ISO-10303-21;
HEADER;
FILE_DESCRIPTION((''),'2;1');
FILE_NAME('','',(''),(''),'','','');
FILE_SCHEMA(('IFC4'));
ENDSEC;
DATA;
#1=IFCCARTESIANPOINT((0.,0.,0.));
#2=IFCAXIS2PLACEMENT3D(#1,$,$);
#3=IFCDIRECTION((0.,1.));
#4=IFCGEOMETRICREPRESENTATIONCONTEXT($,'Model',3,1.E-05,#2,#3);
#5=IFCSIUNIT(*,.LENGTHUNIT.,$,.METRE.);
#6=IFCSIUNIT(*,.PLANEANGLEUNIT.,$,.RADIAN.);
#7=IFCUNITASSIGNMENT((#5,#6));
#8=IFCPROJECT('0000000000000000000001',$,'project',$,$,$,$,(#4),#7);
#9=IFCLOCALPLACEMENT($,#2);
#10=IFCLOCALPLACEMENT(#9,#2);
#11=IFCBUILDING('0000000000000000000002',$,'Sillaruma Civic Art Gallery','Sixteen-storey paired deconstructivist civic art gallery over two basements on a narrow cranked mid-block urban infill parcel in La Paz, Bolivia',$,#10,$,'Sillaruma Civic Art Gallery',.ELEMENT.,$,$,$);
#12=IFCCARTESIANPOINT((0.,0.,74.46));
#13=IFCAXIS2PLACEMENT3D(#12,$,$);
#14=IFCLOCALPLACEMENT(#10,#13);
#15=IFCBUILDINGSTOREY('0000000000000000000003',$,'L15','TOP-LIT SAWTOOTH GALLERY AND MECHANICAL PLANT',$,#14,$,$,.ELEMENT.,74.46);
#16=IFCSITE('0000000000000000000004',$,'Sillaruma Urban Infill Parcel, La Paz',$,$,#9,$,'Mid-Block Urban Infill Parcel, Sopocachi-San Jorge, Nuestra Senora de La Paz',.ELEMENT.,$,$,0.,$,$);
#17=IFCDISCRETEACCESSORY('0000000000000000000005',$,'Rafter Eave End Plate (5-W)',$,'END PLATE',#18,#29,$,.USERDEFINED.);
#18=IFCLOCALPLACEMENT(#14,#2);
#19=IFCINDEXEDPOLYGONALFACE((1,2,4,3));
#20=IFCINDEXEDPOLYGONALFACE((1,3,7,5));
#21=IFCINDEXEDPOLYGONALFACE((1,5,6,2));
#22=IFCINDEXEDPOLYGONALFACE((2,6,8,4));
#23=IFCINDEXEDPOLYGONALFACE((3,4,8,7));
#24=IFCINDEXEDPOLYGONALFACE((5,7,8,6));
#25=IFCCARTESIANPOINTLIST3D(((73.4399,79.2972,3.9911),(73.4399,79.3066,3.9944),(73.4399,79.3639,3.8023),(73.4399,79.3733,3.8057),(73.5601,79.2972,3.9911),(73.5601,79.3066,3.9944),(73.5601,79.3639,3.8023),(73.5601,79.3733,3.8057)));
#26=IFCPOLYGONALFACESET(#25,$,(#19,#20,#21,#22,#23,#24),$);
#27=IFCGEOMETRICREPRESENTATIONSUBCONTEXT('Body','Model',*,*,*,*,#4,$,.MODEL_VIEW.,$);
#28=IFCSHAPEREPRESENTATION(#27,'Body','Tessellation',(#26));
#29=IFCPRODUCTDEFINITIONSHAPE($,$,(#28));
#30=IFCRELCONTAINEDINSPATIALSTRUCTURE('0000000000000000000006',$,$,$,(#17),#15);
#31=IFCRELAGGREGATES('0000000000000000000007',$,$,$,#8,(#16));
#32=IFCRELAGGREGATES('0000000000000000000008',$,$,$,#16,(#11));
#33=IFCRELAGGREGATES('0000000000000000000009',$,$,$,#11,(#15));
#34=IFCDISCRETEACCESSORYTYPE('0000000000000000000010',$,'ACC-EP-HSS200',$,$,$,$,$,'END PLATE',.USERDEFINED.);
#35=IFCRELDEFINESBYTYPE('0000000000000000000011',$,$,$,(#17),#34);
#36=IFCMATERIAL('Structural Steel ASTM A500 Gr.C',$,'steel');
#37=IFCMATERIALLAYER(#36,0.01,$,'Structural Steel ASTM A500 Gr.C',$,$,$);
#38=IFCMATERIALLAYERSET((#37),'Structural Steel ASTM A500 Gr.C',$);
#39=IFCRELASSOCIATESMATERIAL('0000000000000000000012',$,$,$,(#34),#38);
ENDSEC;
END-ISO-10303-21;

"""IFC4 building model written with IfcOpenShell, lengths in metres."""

from ifc_helpers import new_model, si_unit, direction, frame, origin, place, context, subcontext, project, spatial, polyline, outline, extrude, material, layer, layer_set, type_object, element, save


model = new_model("IFC4")

# Units and contexts
model_context = context("Model", 3, precision=1e-05, world=origin(), true_north=direction((0.0, 1.0)))
body_context = subcontext(model_context, "Body", "Model", "MODEL_VIEW")
ifc_project = project(units=[si_unit("LENGTHUNIT", "METRE"), si_unit("PLANEANGLEUNIT", "RADIAN")], contexts=[model_context])

# Site, building, storey
site_placement = place(None, origin())
site = spatial("IfcSite", under=ifc_project, at=site_placement, Name="Sillaruma Urban Infill Parcel, La Paz", LongName="Mid-Block Urban Infill Parcel, Sopocachi-San Jorge, Nuestra Senora de La Paz", CompositionType="ELEMENT", RefElevation=0.0)
building_placement = place(site_placement, origin())
building = spatial("IfcBuilding", under=site, at=building_placement, Name="Sillaruma Civic Art Gallery", Description="Sixteen-storey paired deconstructivist civic art gallery over two basements on a narrow cranked mid-block urban infill parcel in La Paz, Bolivia", LongName="Sillaruma Civic Art Gallery", CompositionType="ELEMENT")
storey_placement = place(building_placement, frame((0.0, 0.0, 74.46)))
storey = spatial("IfcBuildingStorey", under=building, at=storey_placement, Name="L15", Description="TOP-LIT SAWTOOTH GALLERY AND MECHANICAL PLANT", CompositionType="ELEMENT", Elevation=74.46)

# Shared definitions
ifc_material_1 = material(Name="Structural Steel ASTM A500 Gr.C", Category="steel")

# Discrete accessory
ifc_layer_1 = layer(ifc_material_1, 0.01, Name="Structural Steel ASTM A500 Gr.C")
ifc_layer_set_1 = layer_set([ifc_layer_1], Name="Structural Steel ASTM A500 Gr.C")
discrete_accessory_type = type_object("IfcDiscreteAccessoryType", Name="ACC-EP-HSS200", ElementType="END PLATE", PredefinedType="USERDEFINED", material=ifc_layer_set_1)
discrete_accessory_placement = place(storey_placement, frame((73.5601, 79.3733, 3.8057), z_axis=(0.0, 0.942923, 0.333012), x_axis=(-1.0, 0.0, 0.0)))
element("IfcDiscreteAccessory", 1, at=discrete_accessory_placement, inside=storey, type_object=discrete_accessory_type, Name="Rafter Eave End Plate (5-W)", ObjectType="END PLATE", PredefinedType="USERDEFINED", context=body_context, shape_type="SweptSolid", body=[
    extrude(outline(polyline([(0.0, 0.0), (0.1201, 0.0), (0.1201, 0.2001), (0.0, 0.2001), (0.0, 0.0)])), origin(), (0.0, 0.0, -1.0), 0.01),
])

save(model, "model.ifc")
